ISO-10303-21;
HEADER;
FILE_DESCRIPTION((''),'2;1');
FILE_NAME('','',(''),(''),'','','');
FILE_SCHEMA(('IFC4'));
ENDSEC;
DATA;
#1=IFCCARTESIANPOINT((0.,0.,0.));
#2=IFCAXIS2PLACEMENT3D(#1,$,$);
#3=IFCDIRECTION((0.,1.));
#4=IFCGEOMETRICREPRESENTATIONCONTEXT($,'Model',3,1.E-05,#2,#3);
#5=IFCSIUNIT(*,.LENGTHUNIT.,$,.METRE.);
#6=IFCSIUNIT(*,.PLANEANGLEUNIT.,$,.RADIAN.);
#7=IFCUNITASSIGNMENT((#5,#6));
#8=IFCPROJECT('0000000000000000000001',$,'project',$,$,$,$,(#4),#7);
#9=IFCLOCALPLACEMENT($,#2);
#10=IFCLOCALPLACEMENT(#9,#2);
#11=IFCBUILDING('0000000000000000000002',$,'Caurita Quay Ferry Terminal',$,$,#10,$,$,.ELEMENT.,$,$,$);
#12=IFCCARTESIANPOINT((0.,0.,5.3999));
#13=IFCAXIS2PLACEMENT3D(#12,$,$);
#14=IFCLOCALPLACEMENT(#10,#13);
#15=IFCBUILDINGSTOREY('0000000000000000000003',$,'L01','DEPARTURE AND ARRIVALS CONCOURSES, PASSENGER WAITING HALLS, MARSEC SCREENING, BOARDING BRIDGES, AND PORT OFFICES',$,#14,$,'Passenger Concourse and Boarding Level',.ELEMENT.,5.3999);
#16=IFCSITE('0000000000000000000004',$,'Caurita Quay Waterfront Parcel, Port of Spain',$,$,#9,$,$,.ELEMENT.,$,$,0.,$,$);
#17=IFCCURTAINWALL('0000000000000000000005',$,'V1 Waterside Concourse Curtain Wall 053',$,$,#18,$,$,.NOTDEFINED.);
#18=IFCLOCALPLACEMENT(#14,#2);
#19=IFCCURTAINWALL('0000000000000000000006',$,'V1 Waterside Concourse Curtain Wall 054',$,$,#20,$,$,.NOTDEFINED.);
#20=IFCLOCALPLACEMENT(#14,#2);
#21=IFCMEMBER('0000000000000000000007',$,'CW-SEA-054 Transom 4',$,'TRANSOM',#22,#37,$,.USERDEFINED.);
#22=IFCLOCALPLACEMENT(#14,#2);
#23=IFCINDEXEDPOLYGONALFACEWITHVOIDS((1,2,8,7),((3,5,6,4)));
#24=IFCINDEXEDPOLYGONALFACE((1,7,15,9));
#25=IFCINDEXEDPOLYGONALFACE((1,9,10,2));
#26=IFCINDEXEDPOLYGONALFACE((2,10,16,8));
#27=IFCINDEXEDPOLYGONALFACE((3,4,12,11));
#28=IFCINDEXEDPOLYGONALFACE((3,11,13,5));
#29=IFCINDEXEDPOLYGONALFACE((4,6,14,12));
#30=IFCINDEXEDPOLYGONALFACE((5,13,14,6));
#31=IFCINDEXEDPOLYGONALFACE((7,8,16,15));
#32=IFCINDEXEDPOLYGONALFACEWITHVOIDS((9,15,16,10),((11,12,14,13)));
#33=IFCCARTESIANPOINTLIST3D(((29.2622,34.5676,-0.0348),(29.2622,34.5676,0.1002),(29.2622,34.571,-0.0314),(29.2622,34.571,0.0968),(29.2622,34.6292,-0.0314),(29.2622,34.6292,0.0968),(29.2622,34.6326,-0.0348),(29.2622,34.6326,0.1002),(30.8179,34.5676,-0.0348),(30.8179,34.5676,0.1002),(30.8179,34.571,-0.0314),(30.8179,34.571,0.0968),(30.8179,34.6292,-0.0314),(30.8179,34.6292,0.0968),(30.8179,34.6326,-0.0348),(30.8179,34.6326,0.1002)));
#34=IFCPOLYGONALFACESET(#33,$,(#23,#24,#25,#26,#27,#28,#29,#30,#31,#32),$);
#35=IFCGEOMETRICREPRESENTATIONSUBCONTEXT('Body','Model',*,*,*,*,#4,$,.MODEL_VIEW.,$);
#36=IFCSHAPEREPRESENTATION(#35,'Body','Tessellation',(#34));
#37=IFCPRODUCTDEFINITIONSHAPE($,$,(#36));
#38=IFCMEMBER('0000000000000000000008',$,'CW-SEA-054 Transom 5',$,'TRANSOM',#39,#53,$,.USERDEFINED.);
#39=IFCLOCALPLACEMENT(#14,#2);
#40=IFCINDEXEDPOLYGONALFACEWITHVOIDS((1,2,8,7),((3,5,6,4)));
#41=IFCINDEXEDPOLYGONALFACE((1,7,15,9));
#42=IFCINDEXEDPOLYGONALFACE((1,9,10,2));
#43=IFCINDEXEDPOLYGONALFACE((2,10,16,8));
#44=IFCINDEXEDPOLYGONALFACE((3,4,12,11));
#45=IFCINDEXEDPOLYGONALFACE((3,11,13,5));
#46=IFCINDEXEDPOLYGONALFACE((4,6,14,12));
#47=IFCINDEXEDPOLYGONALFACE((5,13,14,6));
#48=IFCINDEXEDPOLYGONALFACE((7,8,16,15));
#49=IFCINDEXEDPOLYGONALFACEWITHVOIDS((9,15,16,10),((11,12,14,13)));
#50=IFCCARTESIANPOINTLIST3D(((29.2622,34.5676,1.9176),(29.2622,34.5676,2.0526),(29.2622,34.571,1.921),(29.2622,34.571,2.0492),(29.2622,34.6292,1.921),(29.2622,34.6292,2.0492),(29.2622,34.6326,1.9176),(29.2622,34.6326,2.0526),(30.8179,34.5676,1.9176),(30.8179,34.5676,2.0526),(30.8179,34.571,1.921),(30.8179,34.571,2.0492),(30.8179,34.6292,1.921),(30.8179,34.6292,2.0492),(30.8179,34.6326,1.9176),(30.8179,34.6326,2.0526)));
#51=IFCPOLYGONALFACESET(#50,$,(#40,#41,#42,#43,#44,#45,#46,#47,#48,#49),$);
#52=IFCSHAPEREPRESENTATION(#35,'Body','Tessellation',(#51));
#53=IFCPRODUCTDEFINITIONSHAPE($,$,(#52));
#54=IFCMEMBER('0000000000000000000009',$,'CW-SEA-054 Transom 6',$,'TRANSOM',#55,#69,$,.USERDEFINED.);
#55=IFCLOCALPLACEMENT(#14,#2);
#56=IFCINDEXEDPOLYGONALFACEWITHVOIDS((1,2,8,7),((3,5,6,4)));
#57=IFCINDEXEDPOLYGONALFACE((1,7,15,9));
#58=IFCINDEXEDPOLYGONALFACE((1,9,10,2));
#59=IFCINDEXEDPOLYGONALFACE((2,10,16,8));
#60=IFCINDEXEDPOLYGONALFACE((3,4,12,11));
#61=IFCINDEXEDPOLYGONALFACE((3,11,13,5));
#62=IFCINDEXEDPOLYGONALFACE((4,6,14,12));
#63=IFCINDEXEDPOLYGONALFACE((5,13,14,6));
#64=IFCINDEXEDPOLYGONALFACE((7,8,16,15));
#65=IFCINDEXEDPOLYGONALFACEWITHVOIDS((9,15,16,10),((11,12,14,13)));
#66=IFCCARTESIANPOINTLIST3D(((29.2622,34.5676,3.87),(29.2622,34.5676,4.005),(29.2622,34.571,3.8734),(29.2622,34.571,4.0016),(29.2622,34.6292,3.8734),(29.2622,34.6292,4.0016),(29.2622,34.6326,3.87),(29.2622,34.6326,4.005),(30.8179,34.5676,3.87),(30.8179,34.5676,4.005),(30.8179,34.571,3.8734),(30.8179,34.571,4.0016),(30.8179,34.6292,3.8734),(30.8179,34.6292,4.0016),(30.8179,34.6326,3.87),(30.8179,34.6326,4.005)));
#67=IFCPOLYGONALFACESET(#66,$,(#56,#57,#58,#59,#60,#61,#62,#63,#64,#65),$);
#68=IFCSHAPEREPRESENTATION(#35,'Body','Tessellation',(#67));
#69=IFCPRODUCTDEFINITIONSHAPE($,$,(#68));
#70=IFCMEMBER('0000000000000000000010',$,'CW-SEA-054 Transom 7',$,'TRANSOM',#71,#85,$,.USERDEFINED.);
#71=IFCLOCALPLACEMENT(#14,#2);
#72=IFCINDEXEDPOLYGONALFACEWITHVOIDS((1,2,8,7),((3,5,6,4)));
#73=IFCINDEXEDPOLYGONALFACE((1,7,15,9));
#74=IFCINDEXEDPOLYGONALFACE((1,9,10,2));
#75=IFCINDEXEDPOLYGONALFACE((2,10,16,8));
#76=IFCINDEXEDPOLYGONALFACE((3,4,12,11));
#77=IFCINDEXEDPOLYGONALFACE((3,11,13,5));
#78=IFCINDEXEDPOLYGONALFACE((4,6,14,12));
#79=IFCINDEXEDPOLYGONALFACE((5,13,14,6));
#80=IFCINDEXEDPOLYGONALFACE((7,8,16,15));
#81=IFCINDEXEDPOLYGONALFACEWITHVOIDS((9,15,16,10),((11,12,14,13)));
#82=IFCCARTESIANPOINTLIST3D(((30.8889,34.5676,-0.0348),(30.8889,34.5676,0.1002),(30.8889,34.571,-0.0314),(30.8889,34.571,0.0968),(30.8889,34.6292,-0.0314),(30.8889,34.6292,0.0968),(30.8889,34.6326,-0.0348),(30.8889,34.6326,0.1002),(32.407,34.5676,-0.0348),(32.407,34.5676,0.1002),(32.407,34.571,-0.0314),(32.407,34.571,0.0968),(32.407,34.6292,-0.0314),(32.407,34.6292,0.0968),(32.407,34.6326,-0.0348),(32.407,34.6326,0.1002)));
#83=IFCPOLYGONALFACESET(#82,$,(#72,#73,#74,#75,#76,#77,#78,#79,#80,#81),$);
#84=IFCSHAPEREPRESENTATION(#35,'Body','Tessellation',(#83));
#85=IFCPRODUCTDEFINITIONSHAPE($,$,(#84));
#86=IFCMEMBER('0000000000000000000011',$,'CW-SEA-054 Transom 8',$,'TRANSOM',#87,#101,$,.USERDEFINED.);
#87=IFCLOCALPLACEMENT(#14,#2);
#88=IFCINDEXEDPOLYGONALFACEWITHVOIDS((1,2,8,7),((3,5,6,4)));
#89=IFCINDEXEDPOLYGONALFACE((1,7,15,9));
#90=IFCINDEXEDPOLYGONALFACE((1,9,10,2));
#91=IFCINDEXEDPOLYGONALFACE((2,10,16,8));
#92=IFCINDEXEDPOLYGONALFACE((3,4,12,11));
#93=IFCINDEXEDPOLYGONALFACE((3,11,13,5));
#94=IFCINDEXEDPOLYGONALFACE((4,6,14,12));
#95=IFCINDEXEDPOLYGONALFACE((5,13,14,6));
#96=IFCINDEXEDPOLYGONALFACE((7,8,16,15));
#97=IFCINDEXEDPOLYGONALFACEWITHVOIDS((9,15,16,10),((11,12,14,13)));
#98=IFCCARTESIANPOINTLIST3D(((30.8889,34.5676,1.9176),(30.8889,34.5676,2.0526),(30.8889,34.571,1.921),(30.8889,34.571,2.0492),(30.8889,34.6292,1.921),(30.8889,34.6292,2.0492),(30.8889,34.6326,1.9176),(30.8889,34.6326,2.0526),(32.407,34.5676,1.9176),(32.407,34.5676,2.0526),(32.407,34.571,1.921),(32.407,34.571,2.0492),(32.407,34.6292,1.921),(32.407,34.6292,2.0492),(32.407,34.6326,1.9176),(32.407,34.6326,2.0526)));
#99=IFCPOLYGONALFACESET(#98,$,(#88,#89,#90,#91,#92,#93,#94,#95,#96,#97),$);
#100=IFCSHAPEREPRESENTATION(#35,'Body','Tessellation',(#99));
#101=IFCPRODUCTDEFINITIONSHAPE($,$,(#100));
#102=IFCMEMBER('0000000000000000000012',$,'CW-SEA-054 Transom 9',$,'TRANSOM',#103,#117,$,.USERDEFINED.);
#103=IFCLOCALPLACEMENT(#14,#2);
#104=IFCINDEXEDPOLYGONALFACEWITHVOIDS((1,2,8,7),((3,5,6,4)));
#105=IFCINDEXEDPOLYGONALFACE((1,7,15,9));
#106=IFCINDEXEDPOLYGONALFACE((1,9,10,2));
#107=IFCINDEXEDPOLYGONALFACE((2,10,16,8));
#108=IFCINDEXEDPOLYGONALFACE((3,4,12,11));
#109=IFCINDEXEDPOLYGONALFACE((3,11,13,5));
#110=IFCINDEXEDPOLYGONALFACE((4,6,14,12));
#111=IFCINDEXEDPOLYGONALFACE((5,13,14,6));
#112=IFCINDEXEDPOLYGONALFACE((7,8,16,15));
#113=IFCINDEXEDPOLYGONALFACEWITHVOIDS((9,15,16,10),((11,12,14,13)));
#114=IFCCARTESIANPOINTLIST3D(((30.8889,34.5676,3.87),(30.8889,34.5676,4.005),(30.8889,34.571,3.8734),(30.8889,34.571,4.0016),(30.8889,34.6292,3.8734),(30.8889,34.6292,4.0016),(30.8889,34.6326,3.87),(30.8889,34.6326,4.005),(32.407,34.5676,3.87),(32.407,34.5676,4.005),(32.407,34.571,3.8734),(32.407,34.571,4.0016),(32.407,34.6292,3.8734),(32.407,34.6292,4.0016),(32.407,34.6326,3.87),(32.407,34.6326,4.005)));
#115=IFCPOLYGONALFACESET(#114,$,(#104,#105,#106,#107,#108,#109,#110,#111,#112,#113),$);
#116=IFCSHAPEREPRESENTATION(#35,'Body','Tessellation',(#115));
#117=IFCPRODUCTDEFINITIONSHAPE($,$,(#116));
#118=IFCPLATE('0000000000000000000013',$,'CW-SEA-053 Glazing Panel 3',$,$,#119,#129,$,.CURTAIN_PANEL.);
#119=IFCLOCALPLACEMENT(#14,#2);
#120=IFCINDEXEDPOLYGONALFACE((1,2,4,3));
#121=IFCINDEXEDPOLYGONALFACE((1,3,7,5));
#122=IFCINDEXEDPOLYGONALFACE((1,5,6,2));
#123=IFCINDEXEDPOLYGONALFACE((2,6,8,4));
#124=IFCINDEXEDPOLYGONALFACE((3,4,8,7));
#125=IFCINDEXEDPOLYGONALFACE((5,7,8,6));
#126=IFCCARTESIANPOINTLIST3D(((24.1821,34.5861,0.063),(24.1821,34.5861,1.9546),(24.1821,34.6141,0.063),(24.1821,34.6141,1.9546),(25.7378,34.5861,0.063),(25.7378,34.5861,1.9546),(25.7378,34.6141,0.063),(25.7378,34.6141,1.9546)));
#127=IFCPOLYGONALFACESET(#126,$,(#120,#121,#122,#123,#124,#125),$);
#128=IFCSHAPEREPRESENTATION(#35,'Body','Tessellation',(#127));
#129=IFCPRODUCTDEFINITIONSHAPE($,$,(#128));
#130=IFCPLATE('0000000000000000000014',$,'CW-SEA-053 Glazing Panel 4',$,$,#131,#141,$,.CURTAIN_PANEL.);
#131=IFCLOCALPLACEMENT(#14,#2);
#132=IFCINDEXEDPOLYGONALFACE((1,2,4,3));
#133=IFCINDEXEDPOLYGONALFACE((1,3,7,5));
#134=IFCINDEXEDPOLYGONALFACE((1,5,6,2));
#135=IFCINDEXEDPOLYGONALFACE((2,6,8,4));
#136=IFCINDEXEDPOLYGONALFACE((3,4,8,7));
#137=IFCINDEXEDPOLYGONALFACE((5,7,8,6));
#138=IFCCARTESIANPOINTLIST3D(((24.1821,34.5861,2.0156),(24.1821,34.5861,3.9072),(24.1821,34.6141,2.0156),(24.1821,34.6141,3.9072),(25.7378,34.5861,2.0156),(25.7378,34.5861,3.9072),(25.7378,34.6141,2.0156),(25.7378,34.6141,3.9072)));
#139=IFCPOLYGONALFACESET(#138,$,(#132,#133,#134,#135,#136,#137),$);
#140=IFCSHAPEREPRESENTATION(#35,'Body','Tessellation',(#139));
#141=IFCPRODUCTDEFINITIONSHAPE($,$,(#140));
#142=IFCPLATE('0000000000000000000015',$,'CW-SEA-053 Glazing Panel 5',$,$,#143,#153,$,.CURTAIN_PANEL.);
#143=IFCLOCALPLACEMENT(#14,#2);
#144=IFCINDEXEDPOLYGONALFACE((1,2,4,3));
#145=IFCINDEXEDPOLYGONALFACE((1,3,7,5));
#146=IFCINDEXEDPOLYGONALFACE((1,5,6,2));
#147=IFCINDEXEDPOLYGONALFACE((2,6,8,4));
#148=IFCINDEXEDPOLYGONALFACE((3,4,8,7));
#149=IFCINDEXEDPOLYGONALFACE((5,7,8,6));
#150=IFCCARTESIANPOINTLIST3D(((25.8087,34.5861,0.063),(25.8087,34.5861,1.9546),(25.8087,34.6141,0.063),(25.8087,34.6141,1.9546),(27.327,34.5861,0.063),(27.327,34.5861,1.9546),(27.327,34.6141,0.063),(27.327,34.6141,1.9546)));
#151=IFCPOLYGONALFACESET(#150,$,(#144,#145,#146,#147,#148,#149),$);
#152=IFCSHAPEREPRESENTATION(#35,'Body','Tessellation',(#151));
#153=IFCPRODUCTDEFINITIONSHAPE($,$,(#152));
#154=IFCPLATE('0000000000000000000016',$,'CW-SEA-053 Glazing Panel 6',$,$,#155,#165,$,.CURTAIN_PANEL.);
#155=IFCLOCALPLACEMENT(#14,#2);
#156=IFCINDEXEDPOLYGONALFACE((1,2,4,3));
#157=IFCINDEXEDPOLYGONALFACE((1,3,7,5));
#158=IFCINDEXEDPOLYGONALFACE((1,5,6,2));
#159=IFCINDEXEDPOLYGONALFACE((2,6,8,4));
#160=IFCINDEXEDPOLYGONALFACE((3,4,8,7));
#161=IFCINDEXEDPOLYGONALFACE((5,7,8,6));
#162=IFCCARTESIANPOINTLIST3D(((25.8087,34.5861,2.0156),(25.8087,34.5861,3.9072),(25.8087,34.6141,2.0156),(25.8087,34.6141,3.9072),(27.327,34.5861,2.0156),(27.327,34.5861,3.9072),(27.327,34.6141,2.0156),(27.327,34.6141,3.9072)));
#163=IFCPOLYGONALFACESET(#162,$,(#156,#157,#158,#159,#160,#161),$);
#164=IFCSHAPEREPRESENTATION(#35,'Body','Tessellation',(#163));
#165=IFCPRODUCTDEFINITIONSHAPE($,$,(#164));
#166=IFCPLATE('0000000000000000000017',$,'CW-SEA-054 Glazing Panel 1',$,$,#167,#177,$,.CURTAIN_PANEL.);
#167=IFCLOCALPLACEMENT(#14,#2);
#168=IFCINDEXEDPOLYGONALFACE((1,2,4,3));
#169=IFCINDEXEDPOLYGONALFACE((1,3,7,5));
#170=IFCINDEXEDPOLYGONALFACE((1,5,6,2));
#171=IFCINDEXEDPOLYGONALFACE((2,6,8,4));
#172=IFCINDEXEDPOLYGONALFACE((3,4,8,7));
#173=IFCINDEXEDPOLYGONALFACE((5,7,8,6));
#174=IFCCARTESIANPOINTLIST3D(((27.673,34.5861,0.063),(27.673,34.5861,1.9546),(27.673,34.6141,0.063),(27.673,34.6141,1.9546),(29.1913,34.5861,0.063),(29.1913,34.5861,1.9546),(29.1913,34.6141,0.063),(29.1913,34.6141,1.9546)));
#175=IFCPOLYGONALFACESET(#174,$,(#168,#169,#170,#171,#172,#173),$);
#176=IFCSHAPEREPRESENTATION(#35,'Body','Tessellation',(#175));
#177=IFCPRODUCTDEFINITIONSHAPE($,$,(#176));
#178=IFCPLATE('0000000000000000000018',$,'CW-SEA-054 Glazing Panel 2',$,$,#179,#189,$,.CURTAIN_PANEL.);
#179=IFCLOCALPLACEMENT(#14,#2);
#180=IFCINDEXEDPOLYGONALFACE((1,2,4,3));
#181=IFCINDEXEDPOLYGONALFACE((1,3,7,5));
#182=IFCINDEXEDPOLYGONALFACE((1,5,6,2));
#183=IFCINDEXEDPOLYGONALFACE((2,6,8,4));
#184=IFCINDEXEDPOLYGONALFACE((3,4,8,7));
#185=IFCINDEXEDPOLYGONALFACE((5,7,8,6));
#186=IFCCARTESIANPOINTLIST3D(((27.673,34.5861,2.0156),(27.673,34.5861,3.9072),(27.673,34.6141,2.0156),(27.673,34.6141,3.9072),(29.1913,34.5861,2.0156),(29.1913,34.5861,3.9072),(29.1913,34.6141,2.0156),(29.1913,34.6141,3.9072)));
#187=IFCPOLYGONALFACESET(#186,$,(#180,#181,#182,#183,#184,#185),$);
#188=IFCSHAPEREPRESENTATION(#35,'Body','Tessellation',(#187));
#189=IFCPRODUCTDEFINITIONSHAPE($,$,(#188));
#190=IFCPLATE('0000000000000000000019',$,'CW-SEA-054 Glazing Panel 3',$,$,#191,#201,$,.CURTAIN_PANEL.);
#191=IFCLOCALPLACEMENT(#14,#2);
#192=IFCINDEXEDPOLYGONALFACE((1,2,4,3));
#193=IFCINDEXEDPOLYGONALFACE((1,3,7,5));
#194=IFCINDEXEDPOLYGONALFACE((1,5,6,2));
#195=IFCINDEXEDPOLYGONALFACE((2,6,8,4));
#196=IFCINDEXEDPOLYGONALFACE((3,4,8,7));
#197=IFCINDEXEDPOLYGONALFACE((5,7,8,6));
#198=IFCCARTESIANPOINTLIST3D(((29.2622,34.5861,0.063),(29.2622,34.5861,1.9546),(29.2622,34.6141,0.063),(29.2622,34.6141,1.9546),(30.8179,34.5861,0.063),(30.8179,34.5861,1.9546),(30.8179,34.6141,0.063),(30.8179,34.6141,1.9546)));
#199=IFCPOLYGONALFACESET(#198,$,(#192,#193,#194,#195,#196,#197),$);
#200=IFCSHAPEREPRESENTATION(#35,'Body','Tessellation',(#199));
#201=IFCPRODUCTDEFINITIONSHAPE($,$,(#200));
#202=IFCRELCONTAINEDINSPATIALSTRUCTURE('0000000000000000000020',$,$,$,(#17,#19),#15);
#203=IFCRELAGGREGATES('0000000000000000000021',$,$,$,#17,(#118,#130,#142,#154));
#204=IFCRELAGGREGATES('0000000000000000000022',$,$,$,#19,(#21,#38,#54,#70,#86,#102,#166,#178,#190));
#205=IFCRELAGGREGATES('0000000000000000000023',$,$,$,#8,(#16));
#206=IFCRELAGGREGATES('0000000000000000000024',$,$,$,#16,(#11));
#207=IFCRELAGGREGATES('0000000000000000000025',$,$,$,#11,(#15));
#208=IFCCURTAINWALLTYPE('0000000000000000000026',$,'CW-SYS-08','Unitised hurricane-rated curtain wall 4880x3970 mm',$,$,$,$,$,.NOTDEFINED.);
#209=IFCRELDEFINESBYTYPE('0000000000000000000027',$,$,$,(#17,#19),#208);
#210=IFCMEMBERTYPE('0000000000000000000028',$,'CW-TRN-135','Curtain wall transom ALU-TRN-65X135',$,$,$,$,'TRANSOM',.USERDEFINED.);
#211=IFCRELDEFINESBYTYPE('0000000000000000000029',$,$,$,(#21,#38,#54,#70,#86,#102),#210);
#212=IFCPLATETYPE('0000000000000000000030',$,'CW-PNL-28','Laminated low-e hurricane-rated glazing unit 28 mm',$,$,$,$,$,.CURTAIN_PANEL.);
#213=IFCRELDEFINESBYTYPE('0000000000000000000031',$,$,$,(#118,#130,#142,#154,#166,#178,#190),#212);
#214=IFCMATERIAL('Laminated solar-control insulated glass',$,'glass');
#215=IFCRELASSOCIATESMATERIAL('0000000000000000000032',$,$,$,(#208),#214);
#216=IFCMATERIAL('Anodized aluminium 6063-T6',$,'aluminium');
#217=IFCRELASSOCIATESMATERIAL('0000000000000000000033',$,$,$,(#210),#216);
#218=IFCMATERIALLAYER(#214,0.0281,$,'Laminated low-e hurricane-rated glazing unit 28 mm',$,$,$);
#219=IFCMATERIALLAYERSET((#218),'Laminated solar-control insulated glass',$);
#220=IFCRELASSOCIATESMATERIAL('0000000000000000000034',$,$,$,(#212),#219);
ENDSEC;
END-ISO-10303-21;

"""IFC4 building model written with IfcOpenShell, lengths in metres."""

from ifc_helpers import new_model, si_unit, direction, frame, origin, origin_2d, place, context, subcontext, project, spatial, rectangle, hollow_rectangle, extrude, material, layer, layer_set, material_profile, profile_set, type_object, element, aggregate, save


model = new_model("IFC4")

# Units and contexts
model_context = context("Model", 3, precision=1e-05, world=origin(), true_north=direction((0.0, 1.0)))
body_context = subcontext(model_context, "Body", "Model", "MODEL_VIEW")
ifc_project = project(units=[si_unit("LENGTHUNIT", "METRE"), si_unit("PLANEANGLEUNIT", "RADIAN")], contexts=[model_context])

# Site, building, storey
site_placement = place(None, origin())
site = spatial("IfcSite", under=ifc_project, at=site_placement, Name="Caurita Quay Waterfront Parcel, Port of Spain", CompositionType="ELEMENT", RefElevation=0.0)
building_placement = place(site_placement, origin())
building = spatial("IfcBuilding", under=site, at=building_placement, Name="Caurita Quay Ferry Terminal", CompositionType="ELEMENT")
storey_placement = place(building_placement, frame((0.0, 0.0, 5.3999)))
storey = spatial("IfcBuildingStorey", under=building, at=storey_placement, Name="L01", Description="DEPARTURE AND ARRIVALS CONCOURSES, PASSENGER WAITING HALLS, MARSEC SCREENING, BOARDING BRIDGES, AND PORT OFFICES", LongName="Passenger Concourse and Boarding Level", CompositionType="ELEMENT", Elevation=5.3999)

# Curtain walls
ifc_material_1 = material(Name="Laminated solar-control insulated glass", Category="glass")
curtain_wall_type = type_object("IfcCurtainWallType", Name="CW-SYS-08", Description="Unitised hurricane-rated curtain wall 4880x3970 mm", PredefinedType="NOTDEFINED", material=ifc_material_1)
curtain_wall_1_placement = place(storey_placement, origin())
curtain_wall_1 = element("IfcCurtainWall", 1, at=curtain_wall_1_placement, inside=storey, type_object=curtain_wall_type, Name="V1 Waterside Concourse Curtain Wall 053", PredefinedType="NOTDEFINED")
ifc_material_2 = material(Name="Anodized aluminium 6063-T6", Category="aluminium")
curtain_wall_2_placement = place(storey_placement, origin())
curtain_wall_2 = element("IfcCurtainWall", 2, at=curtain_wall_2_placement, inside=storey, type_object=curtain_wall_type, Name="V1 Waterside Concourse Curtain Wall 054", PredefinedType="NOTDEFINED")

# Members
ifc_material_profile_1 = material_profile(ifc_material_2, hollow_rectangle(XDim=0.0649, YDim=0.135, WallThickness=0.0034, at=origin_2d()), Name="ALU-TRN-65X135")
ifc_profile_set_1 = profile_set([ifc_material_profile_1], Name="Anodized aluminium 6063-T6")
member_type_1 = type_object("IfcMemberType", Name="CW-TRN-135", Description="Curtain wall transom ALU-TRN-65X135", ElementType="TRANSOM", PredefinedType="USERDEFINED", material=ifc_profile_set_1)
member_1_placement = place(storey_placement, frame((29.2622, 34.6001, 0.0327), z_axis=(1.0, 0.0, 0.0), x_axis=(0.0, 1.0, 0.0)))
member_1 = element("IfcMember", 3, at=member_1_placement, type_object=member_type_1, Name="CW-SEA-054 Transom 4", ObjectType="TRANSOM", PredefinedType="USERDEFINED", context=body_context, shape_type="SweptSolid", body=[
    extrude(hollow_rectangle(XDim=0.0649, YDim=0.135, WallThickness=0.0034, at=origin_2d()), origin(), (0.0, 0.0, 1.0), 1.5557),
])
member_2_placement = place(storey_placement, frame((29.2622, 34.6001, 1.9851), z_axis=(1.0, 0.0, 0.0), x_axis=(0.0, 1.0, 0.0)))
member_2 = element("IfcMember", 4, at=member_2_placement, type_object=member_type_1, Name="CW-SEA-054 Transom 5", ObjectType="TRANSOM", PredefinedType="USERDEFINED", context=body_context, shape_type="SweptSolid", body=[
    extrude(hollow_rectangle(XDim=0.0649, YDim=0.135, WallThickness=0.0034, at=origin_2d()), origin(), (0.0, 0.0, 1.0), 1.5557),
])
member_3_placement = place(storey_placement, frame((29.2622, 34.6001, 3.9375), z_axis=(1.0, 0.0, 0.0), x_axis=(0.0, 1.0, 0.0)))
member_3 = element("IfcMember", 5, at=member_3_placement, type_object=member_type_1, Name="CW-SEA-054 Transom 6", ObjectType="TRANSOM", PredefinedType="USERDEFINED", context=body_context, shape_type="SweptSolid", body=[
    extrude(hollow_rectangle(XDim=0.0649, YDim=0.135, WallThickness=0.0034, at=origin_2d()), origin(), (0.0, 0.0, 1.0), 1.5557),
])
member_4_placement = place(storey_placement, frame((30.8889, 34.6001, 0.0327), z_axis=(1.0, 0.0, 0.0), x_axis=(0.0, 1.0, 0.0)))
member_4 = element("IfcMember", 6, at=member_4_placement, type_object=member_type_1, Name="CW-SEA-054 Transom 7", ObjectType="TRANSOM", PredefinedType="USERDEFINED", context=body_context, shape_type="SweptSolid", body=[
    extrude(hollow_rectangle(XDim=0.0649, YDim=0.135, WallThickness=0.0034, at=origin_2d()), origin(), (0.0, 0.0, 1.0), 1.5181),
])
member_5_placement = place(storey_placement, frame((30.8889, 34.6001, 1.9851), z_axis=(1.0, 0.0, 0.0), x_axis=(0.0, 1.0, 0.0)))
member_5 = element("IfcMember", 7, at=member_5_placement, type_object=member_type_1, Name="CW-SEA-054 Transom 8", ObjectType="TRANSOM", PredefinedType="USERDEFINED", context=body_context, shape_type="SweptSolid", body=[
    extrude(hollow_rectangle(XDim=0.0649, YDim=0.135, WallThickness=0.0034, at=origin_2d()), origin(), (0.0, 0.0, 1.0), 1.5181),
])
member_6_placement = place(storey_placement, frame((30.8889, 34.6001, 3.9375), z_axis=(1.0, 0.0, 0.0), x_axis=(0.0, 1.0, 0.0)))
member_6 = element("IfcMember", 8, at=member_6_placement, type_object=member_type_1, Name="CW-SEA-054 Transom 9", ObjectType="TRANSOM", PredefinedType="USERDEFINED", context=body_context, shape_type="SweptSolid", body=[
    extrude(hollow_rectangle(XDim=0.0649, YDim=0.135, WallThickness=0.0034, at=origin_2d()), origin(), (0.0, 0.0, 1.0), 1.5181),
])

# Plates
ifc_layer = layer(ifc_material_1, 0.0281, Name="Laminated low-e hurricane-rated glazing unit 28 mm")
ifc_layer_set = layer_set([ifc_layer], Name="Laminated solar-control insulated glass")
plate_type = type_object("IfcPlateType", Name="CW-PNL-28", Description="Laminated low-e hurricane-rated glazing unit 28 mm", PredefinedType="CURTAIN_PANEL", material=ifc_layer_set)
plate_1_placement = place(storey_placement, frame((24.96, 34.6001, 0.063), z_axis=(0.0, 0.0, 1.0), x_axis=(1.0, 0.0, 0.0)))
plate_1 = element("IfcPlate", 9, at=plate_1_placement, type_object=plate_type, Name="CW-SEA-053 Glazing Panel 3", PredefinedType="CURTAIN_PANEL", context=body_context, shape_type="SweptSolid", body=[
    extrude(rectangle(XDim=1.5557, YDim=0.0281, at=origin_2d()), origin(), (0.0, 0.0, 1.0), 1.8916),
])
plate_2_placement = place(storey_placement, frame((24.96, 34.6001, 2.0156), z_axis=(0.0, 0.0, 1.0), x_axis=(1.0, 0.0, 0.0)))
plate_2 = element("IfcPlate", 10, at=plate_2_placement, type_object=plate_type, Name="CW-SEA-053 Glazing Panel 4", PredefinedType="CURTAIN_PANEL", context=body_context, shape_type="SweptSolid", body=[
    extrude(rectangle(XDim=1.5557, YDim=0.0281, at=origin_2d()), origin(), (0.0, 0.0, 1.0), 1.8916),
])
plate_3_placement = place(storey_placement, frame((26.5679, 34.6001, 0.063), z_axis=(0.0, 0.0, 1.0), x_axis=(1.0, 0.0, 0.0)))
plate_3 = element("IfcPlate", 11, at=plate_3_placement, type_object=plate_type, Name="CW-SEA-053 Glazing Panel 5", PredefinedType="CURTAIN_PANEL", context=body_context, shape_type="SweptSolid", body=[
    extrude(rectangle(XDim=1.5183, YDim=0.0281, at=origin_2d()), origin(), (0.0, 0.0, 1.0), 1.8916),
])
plate_4_placement = place(storey_placement, frame((26.5679, 34.6001, 2.0156), z_axis=(0.0, 0.0, 1.0), x_axis=(1.0, 0.0, 0.0)))
plate_4 = element("IfcPlate", 12, at=plate_4_placement, type_object=plate_type, Name="CW-SEA-053 Glazing Panel 6", PredefinedType="CURTAIN_PANEL", context=body_context, shape_type="SweptSolid", body=[
    extrude(rectangle(XDim=1.5183, YDim=0.0281, at=origin_2d()), origin(), (0.0, 0.0, 1.0), 1.8916),
])
aggregate(curtain_wall_1, [plate_1, plate_2, plate_3, plate_4])
plate_5_placement = place(storey_placement, frame((28.4321, 34.6001, 0.063), z_axis=(0.0, 0.0, 1.0), x_axis=(1.0, 0.0, 0.0)))
plate_5 = element("IfcPlate", 13, at=plate_5_placement, type_object=plate_type, Name="CW-SEA-054 Glazing Panel 1", PredefinedType="CURTAIN_PANEL", context=body_context, shape_type="SweptSolid", body=[
    extrude(rectangle(XDim=1.5183, YDim=0.0281, at=origin_2d()), origin(), (0.0, 0.0, 1.0), 1.8916),
])
plate_6_placement = place(storey_placement, frame((28.4321, 34.6001, 2.0156), z_axis=(0.0, 0.0, 1.0), x_axis=(1.0, 0.0, 0.0)))
plate_6 = element("IfcPlate", 14, at=plate_6_placement, type_object=plate_type, Name="CW-SEA-054 Glazing Panel 2", PredefinedType="CURTAIN_PANEL", context=body_context, shape_type="SweptSolid", body=[
    extrude(rectangle(XDim=1.5183, YDim=0.0281, at=origin_2d()), origin(), (0.0, 0.0, 1.0), 1.8916),
])
plate_7_placement = place(storey_placement, frame((30.04, 34.6001, 0.063), z_axis=(0.0, 0.0, 1.0), x_axis=(1.0, 0.0, 0.0)))
plate_7 = element("IfcPlate", 15, at=plate_7_placement, type_object=plate_type, Name="CW-SEA-054 Glazing Panel 3", PredefinedType="CURTAIN_PANEL", context=body_context, shape_type="SweptSolid", body=[
    extrude(rectangle(XDim=1.5557, YDim=0.0281, at=origin_2d()), origin(), (0.0, 0.0, 1.0), 1.8916),
])
aggregate(curtain_wall_2, [member_1, member_2, member_3, member_4, member_5, member_6, plate_5, plate_6, plate_7])

save(model, "model.ifc")
